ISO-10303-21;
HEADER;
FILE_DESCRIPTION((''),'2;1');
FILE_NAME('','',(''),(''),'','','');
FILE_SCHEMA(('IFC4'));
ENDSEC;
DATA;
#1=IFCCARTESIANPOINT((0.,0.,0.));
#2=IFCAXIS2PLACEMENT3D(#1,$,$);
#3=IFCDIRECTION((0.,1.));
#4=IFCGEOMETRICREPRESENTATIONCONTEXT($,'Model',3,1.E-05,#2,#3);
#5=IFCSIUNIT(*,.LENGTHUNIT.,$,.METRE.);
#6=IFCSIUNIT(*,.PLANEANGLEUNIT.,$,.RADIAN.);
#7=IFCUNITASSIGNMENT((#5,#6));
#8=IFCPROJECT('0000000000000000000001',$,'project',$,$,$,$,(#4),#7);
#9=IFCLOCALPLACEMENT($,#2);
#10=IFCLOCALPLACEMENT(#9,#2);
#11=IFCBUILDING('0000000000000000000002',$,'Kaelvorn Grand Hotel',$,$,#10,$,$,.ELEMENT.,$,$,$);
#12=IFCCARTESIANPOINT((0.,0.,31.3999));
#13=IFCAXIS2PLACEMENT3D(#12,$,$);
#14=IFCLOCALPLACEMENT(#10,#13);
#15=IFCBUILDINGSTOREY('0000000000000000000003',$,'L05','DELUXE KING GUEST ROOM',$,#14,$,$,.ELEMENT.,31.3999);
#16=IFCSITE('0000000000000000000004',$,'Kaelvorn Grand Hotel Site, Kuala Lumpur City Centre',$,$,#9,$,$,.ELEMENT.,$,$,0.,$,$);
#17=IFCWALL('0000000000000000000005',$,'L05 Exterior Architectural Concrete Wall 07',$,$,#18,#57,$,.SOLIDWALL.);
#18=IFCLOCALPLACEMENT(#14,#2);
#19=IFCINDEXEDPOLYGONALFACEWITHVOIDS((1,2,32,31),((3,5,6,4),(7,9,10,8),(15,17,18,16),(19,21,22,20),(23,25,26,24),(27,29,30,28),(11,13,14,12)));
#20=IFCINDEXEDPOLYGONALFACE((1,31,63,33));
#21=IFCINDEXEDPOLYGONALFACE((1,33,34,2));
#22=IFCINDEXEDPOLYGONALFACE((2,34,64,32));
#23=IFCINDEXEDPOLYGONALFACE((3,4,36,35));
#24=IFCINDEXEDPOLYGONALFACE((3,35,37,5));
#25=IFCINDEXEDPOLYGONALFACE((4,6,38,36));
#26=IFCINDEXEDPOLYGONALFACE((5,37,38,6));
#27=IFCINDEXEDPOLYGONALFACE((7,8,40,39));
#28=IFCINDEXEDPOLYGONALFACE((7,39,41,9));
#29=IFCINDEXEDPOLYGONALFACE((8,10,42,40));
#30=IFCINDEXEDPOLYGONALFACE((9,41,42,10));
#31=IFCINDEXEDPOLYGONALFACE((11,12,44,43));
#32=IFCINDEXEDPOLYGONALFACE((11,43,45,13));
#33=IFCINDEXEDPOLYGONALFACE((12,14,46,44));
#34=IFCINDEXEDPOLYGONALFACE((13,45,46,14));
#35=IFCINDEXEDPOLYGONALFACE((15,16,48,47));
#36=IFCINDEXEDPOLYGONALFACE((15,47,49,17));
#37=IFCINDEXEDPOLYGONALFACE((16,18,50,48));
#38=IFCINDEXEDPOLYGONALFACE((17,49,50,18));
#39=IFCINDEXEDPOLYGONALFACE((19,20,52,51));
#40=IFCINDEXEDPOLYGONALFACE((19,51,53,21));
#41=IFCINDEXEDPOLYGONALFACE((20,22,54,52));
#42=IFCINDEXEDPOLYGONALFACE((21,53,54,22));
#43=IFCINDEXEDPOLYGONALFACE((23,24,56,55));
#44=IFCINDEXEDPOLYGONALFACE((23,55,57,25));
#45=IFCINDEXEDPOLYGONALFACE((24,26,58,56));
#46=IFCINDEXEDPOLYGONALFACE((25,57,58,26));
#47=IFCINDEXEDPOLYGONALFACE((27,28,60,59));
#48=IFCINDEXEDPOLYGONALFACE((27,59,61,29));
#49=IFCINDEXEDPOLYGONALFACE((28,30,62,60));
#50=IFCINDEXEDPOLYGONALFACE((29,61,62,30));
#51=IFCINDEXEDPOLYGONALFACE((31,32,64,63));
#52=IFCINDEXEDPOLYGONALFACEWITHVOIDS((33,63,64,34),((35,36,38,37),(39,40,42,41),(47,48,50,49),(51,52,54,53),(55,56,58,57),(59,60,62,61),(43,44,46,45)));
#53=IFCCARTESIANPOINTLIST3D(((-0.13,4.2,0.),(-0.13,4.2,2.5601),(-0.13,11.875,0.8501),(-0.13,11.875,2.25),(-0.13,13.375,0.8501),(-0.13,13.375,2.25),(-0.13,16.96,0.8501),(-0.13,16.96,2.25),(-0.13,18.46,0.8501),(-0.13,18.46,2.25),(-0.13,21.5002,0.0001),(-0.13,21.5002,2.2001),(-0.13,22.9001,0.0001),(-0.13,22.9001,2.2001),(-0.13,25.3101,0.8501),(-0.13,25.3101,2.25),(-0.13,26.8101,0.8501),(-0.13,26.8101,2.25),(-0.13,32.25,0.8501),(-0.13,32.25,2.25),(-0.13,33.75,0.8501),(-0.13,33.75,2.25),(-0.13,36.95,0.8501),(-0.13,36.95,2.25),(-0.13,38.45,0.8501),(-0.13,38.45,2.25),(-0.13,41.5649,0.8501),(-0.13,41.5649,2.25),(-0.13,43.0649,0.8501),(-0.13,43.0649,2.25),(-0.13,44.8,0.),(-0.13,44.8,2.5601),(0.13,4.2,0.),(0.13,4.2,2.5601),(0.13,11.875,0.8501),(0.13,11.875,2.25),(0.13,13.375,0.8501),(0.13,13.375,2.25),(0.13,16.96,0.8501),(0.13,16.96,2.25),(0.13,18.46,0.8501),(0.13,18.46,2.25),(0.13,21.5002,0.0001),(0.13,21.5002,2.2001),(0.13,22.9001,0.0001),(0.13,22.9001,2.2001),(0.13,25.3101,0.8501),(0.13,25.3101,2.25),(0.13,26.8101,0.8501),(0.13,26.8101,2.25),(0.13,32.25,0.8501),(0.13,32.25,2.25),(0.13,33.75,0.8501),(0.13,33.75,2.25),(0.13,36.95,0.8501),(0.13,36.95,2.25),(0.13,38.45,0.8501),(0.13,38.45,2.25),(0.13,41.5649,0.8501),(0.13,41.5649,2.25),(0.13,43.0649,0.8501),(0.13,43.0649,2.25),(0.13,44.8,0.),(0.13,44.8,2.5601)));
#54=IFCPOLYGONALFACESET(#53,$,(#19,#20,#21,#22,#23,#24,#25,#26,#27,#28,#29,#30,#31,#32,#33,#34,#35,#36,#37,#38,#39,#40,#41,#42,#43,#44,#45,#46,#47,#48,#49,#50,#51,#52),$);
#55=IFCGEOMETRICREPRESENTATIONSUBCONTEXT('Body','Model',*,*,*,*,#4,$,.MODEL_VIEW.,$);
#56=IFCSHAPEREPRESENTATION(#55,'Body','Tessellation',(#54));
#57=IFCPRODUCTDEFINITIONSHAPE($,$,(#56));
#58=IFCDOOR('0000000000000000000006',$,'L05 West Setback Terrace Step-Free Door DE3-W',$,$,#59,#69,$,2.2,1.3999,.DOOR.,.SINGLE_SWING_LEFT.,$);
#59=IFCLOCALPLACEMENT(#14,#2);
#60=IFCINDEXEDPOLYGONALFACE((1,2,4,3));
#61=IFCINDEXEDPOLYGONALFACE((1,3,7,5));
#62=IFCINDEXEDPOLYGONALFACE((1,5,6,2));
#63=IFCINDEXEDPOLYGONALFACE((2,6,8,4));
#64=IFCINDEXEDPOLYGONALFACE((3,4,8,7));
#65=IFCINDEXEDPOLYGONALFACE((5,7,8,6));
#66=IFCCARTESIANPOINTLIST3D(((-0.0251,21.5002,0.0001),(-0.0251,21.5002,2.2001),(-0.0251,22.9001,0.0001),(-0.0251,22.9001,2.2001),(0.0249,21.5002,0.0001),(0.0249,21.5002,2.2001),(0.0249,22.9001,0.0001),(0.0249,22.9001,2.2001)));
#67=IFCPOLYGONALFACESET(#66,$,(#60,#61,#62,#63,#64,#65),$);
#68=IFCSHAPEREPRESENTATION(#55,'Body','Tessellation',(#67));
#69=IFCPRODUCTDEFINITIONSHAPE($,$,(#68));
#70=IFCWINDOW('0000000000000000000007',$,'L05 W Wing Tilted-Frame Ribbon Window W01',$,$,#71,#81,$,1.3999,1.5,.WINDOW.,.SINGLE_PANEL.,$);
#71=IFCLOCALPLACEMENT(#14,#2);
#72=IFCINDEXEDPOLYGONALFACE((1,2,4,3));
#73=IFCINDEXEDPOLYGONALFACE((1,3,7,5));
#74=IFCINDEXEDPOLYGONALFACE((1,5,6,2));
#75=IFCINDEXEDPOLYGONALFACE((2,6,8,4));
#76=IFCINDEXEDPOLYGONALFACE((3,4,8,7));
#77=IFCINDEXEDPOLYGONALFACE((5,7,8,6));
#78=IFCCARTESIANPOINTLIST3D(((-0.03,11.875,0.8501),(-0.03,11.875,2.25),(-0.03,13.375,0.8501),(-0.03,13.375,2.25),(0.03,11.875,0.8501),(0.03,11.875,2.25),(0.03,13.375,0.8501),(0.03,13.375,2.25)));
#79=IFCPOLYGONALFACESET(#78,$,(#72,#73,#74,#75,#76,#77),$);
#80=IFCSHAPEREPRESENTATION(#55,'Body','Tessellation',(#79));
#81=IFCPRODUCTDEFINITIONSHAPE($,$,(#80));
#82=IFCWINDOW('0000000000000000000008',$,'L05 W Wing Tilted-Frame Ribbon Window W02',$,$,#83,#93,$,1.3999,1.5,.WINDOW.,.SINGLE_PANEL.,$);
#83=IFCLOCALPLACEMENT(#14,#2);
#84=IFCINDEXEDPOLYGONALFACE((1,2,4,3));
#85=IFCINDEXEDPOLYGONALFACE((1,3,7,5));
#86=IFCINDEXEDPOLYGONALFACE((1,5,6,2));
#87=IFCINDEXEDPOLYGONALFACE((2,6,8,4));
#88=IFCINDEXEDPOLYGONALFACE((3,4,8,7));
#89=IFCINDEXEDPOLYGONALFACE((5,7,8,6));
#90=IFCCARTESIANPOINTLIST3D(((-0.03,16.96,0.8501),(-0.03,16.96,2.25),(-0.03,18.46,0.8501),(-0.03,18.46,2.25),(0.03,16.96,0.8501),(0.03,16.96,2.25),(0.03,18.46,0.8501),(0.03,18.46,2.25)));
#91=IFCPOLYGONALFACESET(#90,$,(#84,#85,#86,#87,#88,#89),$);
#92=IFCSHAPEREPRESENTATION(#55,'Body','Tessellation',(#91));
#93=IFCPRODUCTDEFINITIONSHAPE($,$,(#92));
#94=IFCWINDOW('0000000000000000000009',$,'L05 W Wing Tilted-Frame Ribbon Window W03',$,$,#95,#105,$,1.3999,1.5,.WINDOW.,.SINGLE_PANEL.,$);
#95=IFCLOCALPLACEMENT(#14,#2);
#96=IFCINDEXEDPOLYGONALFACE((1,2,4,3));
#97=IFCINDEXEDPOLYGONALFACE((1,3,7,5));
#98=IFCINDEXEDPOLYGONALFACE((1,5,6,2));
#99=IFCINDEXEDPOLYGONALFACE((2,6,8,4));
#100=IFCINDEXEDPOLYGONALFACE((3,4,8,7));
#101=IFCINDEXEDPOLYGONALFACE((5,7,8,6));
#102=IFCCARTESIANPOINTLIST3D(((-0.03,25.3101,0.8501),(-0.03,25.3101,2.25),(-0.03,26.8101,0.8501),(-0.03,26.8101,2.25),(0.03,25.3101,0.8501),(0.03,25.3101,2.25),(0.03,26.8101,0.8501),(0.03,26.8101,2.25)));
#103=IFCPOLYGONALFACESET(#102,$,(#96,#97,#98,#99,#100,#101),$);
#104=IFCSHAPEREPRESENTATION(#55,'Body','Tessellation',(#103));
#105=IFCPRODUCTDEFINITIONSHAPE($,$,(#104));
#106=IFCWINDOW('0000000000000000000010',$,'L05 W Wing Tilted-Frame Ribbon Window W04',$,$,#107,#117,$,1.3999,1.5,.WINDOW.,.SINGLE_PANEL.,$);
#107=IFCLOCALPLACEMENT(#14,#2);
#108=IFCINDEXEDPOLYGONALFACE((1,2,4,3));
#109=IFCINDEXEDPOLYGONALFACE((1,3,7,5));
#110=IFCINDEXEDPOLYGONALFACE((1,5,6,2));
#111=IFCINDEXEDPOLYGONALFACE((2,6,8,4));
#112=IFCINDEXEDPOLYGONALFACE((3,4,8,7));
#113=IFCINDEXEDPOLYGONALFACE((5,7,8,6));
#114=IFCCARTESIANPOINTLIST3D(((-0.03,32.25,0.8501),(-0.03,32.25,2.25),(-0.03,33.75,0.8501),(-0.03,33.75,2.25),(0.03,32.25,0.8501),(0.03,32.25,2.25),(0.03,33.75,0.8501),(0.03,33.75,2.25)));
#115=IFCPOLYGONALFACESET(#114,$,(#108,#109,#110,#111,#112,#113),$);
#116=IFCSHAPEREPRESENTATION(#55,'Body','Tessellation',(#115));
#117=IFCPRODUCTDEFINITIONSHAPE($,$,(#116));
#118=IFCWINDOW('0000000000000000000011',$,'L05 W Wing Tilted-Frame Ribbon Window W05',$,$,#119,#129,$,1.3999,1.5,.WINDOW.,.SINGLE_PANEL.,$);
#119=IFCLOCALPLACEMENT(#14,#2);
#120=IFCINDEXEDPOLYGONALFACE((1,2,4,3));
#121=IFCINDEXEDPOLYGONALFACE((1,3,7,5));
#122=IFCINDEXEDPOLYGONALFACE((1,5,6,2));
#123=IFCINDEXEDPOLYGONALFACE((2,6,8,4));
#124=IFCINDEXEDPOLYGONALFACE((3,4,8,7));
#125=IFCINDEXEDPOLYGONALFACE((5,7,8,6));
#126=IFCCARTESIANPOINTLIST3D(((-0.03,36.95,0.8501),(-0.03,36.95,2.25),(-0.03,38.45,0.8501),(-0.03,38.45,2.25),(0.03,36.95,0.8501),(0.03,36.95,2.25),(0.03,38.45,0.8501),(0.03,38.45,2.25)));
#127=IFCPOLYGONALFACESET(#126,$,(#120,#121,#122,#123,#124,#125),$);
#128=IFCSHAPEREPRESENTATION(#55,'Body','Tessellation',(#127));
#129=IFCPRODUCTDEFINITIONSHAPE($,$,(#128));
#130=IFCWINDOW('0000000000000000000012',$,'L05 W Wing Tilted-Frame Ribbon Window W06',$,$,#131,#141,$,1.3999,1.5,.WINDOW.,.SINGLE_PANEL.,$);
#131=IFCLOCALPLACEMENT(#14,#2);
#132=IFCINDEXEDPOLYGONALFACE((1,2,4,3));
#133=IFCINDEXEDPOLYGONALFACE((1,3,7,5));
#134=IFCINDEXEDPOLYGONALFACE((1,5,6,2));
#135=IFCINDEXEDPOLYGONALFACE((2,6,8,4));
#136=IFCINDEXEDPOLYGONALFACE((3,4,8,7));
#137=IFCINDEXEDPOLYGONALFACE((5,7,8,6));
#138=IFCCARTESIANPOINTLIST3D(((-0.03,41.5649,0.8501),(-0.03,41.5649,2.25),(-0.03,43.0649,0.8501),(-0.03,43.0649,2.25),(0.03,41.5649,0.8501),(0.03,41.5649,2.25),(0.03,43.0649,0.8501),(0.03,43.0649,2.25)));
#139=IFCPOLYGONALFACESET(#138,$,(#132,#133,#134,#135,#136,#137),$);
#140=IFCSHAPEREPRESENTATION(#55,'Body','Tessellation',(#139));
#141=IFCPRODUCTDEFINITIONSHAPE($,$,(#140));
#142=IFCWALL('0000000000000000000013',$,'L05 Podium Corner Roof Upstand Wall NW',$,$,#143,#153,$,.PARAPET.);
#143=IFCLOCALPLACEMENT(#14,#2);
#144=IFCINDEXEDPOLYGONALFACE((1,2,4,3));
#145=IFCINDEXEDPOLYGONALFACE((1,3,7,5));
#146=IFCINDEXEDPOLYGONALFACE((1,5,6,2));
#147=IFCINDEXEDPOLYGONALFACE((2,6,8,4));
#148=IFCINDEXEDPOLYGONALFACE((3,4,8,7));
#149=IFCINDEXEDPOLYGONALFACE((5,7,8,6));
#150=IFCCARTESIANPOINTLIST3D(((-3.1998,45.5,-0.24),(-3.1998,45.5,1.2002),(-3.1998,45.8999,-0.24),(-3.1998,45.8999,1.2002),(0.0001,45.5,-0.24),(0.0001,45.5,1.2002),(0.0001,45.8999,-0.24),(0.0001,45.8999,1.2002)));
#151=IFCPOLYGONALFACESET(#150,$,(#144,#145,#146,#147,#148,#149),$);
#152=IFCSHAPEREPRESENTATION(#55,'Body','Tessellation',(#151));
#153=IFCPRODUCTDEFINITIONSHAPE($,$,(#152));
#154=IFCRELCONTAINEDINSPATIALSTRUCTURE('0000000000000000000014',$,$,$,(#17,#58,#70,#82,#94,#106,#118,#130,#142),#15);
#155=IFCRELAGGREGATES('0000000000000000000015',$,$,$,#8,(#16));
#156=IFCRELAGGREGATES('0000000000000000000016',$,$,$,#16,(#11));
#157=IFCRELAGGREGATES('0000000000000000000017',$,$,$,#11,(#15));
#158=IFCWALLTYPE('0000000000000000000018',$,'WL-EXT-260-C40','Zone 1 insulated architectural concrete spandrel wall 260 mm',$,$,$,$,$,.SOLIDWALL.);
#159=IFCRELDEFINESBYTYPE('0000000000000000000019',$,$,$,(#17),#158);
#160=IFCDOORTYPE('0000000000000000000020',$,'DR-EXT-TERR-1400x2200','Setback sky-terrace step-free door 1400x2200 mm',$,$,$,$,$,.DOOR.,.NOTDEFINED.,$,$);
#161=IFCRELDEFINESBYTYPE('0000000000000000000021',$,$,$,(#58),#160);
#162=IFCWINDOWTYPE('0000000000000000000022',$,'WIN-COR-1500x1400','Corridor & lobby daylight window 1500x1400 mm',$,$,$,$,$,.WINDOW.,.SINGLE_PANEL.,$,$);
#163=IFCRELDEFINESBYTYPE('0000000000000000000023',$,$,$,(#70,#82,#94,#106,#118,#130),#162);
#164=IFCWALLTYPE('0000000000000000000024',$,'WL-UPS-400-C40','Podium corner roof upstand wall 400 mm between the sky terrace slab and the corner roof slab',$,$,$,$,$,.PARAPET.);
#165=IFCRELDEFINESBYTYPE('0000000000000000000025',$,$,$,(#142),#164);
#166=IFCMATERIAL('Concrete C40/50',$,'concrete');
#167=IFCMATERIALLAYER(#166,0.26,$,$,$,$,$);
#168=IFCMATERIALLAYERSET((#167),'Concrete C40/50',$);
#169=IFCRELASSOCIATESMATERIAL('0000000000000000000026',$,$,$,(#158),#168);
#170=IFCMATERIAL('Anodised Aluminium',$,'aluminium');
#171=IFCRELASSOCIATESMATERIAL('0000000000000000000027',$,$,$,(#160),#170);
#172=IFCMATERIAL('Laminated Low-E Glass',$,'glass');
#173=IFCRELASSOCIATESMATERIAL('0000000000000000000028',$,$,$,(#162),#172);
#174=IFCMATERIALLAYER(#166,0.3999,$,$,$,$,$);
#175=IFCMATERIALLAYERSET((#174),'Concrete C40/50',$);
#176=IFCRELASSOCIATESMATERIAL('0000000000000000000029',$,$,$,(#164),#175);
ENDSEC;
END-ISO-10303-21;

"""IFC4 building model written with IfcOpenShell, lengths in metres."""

from ifc_helpers import new_model, si_unit, direction, frame, frame_2d, origin, place, context, subcontext, project, spatial, rectangle, extrude, material, layer, layer_set, type_object, element, fill, save


model = new_model("IFC4")

# Units and contexts
model_context = context("Model", 3, precision=1e-05, world=origin(), true_north=direction((0.0, 1.0)))
body_context = subcontext(model_context, "Body", "Model", "MODEL_VIEW")
ifc_project = project(units=[si_unit("LENGTHUNIT", "METRE"), si_unit("PLANEANGLEUNIT", "RADIAN")], contexts=[model_context])

# Site, building, storey
site_placement = place(None, origin())
site = spatial("IfcSite", under=ifc_project, at=site_placement, Name="Kaelvorn Grand Hotel Site, Kuala Lumpur City Centre", CompositionType="ELEMENT", RefElevation=0.0)
building_placement = place(site_placement, origin())
building = spatial("IfcBuilding", under=site, at=building_placement, Name="Kaelvorn Grand Hotel", CompositionType="ELEMENT")
storey_placement = place(building_placement, frame((0.0, 0.0, 31.3999)))
storey = spatial("IfcBuildingStorey", under=building, at=storey_placement, Name="L05", Description="DELUXE KING GUEST ROOM", CompositionType="ELEMENT", Elevation=31.3999)

# Wall, openings, door, windows
ifc_material_1 = material(Name="Concrete C40/50", Category="concrete")
ifc_layer_1 = layer(ifc_material_1, 0.26)
ifc_layer_set_1 = layer_set([ifc_layer_1], Name="Concrete C40/50")
wall_type_1 = type_object("IfcWallType", Name="WL-EXT-260-C40", Description="Zone 1 insulated architectural concrete spandrel wall 260 mm", PredefinedType="SOLIDWALL", material=ifc_layer_set_1)
wall_1_placement = place(storey_placement, frame((0.0, 44.8, 0.0), z_axis=(0.0, 0.0, 1.0), x_axis=(0.0, -1.0, 0.0)))
wall_1 = element("IfcWall", 1, at=wall_1_placement, inside=storey, type_object=wall_type_1, Name="L05 Exterior Architectural Concrete Wall 07", PredefinedType="SOLIDWALL", context=body_context, shape_type="SweptSolid", body=[
    extrude(rectangle(XDim=40.6001, YDim=0.26, at=frame_2d((20.3, 0.0))), origin(), (0.0, 0.0, 1.0), 2.5601),
])
opening_1_placement = place(wall_1_placement, frame((21.8999, 0.0, 0.0)))
opening_1 = element("IfcOpeningElement", 2, at=opening_1_placement, cuts=wall_1, PredefinedType="OPENING", context=body_context, shape_type="SweptSolid", body=[
    extrude(rectangle(XDim=1.3999, YDim=2.2, at=frame_2d((0.7, 1.1001))), frame((0.0, 0.1401, 0.0), z_axis=(0.0, -1.0, 0.0), x_axis=(1.0, 0.0, 0.0)), (0.0, 0.0, 1.0), 0.28),
])
opening_2_placement = place(wall_1_placement, frame((31.425, 0.0, 0.8501)))
opening_2 = element("IfcOpeningElement", 3, at=opening_2_placement, cuts=wall_1, PredefinedType="OPENING", context=body_context, shape_type="SweptSolid", body=[
    extrude(rectangle(XDim=1.5, YDim=1.3999, at=frame_2d((0.75, 0.7))), frame((0.0, 0.1401, 0.0), z_axis=(0.0, -1.0, 0.0), x_axis=(1.0, 0.0, 0.0)), (0.0, 0.0, 1.0), 0.28),
])
opening_3_placement = place(wall_1_placement, frame((26.3401, 0.0, 0.8501)))
opening_3 = element("IfcOpeningElement", 4, at=opening_3_placement, cuts=wall_1, PredefinedType="OPENING", context=body_context, shape_type="SweptSolid", body=[
    extrude(rectangle(XDim=1.5, YDim=1.3999, at=frame_2d((0.75, 0.7))), frame((0.0, 0.1401, 0.0), z_axis=(0.0, -1.0, 0.0), x_axis=(1.0, 0.0, 0.0)), (0.0, 0.0, 1.0), 0.28),
])
opening_4_placement = place(wall_1_placement, frame((17.99, 0.0, 0.8501)))
opening_4 = element("IfcOpeningElement", 5, at=opening_4_placement, cuts=wall_1, PredefinedType="OPENING", context=body_context, shape_type="SweptSolid", body=[
    extrude(rectangle(XDim=1.5, YDim=1.3999, at=frame_2d((0.75, 0.7))), frame((0.0, 0.1401, 0.0), z_axis=(0.0, -1.0, 0.0), x_axis=(1.0, 0.0, 0.0)), (0.0, 0.0, 1.0), 0.28),
])
opening_5_placement = place(wall_1_placement, frame((11.05, 0.0, 0.8501)))
opening_5 = element("IfcOpeningElement", 6, at=opening_5_placement, cuts=wall_1, PredefinedType="OPENING", context=body_context, shape_type="SweptSolid", body=[
    extrude(rectangle(XDim=1.5, YDim=1.3999, at=frame_2d((0.75, 0.7))), frame((0.0, 0.1401, 0.0), z_axis=(0.0, -1.0, 0.0), x_axis=(1.0, 0.0, 0.0)), (0.0, 0.0, 1.0), 0.28),
])
opening_6_placement = place(wall_1_placement, frame((6.3501, 0.0, 0.8501)))
opening_6 = element("IfcOpeningElement", 7, at=opening_6_placement, cuts=wall_1, PredefinedType="OPENING", context=body_context, shape_type="SweptSolid", body=[
    extrude(rectangle(XDim=1.5, YDim=1.3999, at=frame_2d((0.75, 0.7))), frame((0.0, 0.1401, 0.0), z_axis=(0.0, -1.0, 0.0), x_axis=(1.0, 0.0, 0.0)), (0.0, 0.0, 1.0), 0.28),
])
opening_7_placement = place(wall_1_placement, frame((1.7351, 0.0, 0.8501)))
opening_7 = element("IfcOpeningElement", 8, at=opening_7_placement, cuts=wall_1, PredefinedType="OPENING", context=body_context, shape_type="SweptSolid", body=[
    extrude(rectangle(XDim=1.5, YDim=1.3999, at=frame_2d((0.75, 0.7))), frame((0.0, 0.1401, 0.0), z_axis=(0.0, -1.0, 0.0), x_axis=(1.0, 0.0, 0.0)), (0.0, 0.0, 1.0), 0.28),
])
ifc_material_2 = material(Name="Anodised Aluminium", Category="aluminium")
door_type = type_object("IfcDoorType", Name="DR-EXT-TERR-1400x2200", Description="Setback sky-terrace step-free door 1400x2200 mm", OperationType="NOTDEFINED", PredefinedType="DOOR", material=ifc_material_2)
door_placement = place(opening_1_placement, origin())
door = element("IfcDoor", 9, at=door_placement, inside=storey, type_object=door_type, Name="L05 West Setback Terrace Step-Free Door DE3-W", OperationType="SINGLE_SWING_LEFT", OverallHeight=2.2, OverallWidth=1.3999, PredefinedType="DOOR", context=body_context, shape_type="SweptSolid", body=[
    extrude(rectangle(XDim=1.3999, YDim=2.2, at=frame_2d((0.7, 1.1001))), frame((0.0, 0.0249, 0.0), z_axis=(0.0, -1.0, 0.0), x_axis=(1.0, 0.0, 0.0)), (0.0, 0.0, 1.0), 0.05),
])
fill(opening_1, door)
ifc_material_3 = material(Name="Laminated Low-E Glass", Category="glass")
window_type = type_object("IfcWindowType", Name="WIN-COR-1500x1400", Description="Corridor & lobby daylight window 1500x1400 mm", PartitioningType="SINGLE_PANEL", PredefinedType="WINDOW", material=ifc_material_3)
window_1_placement = place(opening_2_placement, origin())
window_1 = element("IfcWindow", 10, at=window_1_placement, inside=storey, type_object=window_type, Name="L05 W Wing Tilted-Frame Ribbon Window W01", OverallHeight=1.3999, OverallWidth=1.5, PartitioningType="SINGLE_PANEL", PredefinedType="WINDOW", context=body_context, shape_type="SweptSolid", body=[
    extrude(rectangle(XDim=1.5, YDim=1.3999, at=frame_2d((0.75, 0.7))), frame((0.0, 0.03, 0.0), z_axis=(0.0, -1.0, 0.0), x_axis=(1.0, 0.0, 0.0)), (0.0, 0.0, 1.0), 0.0601),
])
fill(opening_2, window_1)
window_2_placement = place(opening_3_placement, origin())
window_2 = element("IfcWindow", 11, at=window_2_placement, inside=storey, type_object=window_type, Name="L05 W Wing Tilted-Frame Ribbon Window W02", OverallHeight=1.3999, OverallWidth=1.5, PartitioningType="SINGLE_PANEL", PredefinedType="WINDOW", context=body_context, shape_type="SweptSolid", body=[
    extrude(rectangle(XDim=1.5, YDim=1.3999, at=frame_2d((0.75, 0.7))), frame((0.0, 0.03, 0.0), z_axis=(0.0, -1.0, 0.0), x_axis=(1.0, 0.0, 0.0)), (0.0, 0.0, 1.0), 0.0601),
])
fill(opening_3, window_2)
window_3_placement = place(opening_4_placement, origin())
window_3 = element("IfcWindow", 12, at=window_3_placement, inside=storey, type_object=window_type, Name="L05 W Wing Tilted-Frame Ribbon Window W03", OverallHeight=1.3999, OverallWidth=1.5, PartitioningType="SINGLE_PANEL", PredefinedType="WINDOW", context=body_context, shape_type="SweptSolid", body=[
    extrude(rectangle(XDim=1.5, YDim=1.3999, at=frame_2d((0.75, 0.7))), frame((0.0, 0.03, 0.0), z_axis=(0.0, -1.0, 0.0), x_axis=(1.0, 0.0, 0.0)), (0.0, 0.0, 1.0), 0.0601),
])
fill(opening_4, window_3)
window_4_placement = place(opening_5_placement, origin())
window_4 = element("IfcWindow", 13, at=window_4_placement, inside=storey, type_object=window_type, Name="L05 W Wing Tilted-Frame Ribbon Window W04", OverallHeight=1.3999, OverallWidth=1.5, PartitioningType="SINGLE_PANEL", PredefinedType="WINDOW", context=body_context, shape_type="SweptSolid", body=[
    extrude(rectangle(XDim=1.5, YDim=1.3999, at=frame_2d((0.75, 0.7))), frame((0.0, 0.03, 0.0), z_axis=(0.0, -1.0, 0.0), x_axis=(1.0, 0.0, 0.0)), (0.0, 0.0, 1.0), 0.0601),
])
fill(opening_5, window_4)
window_5_placement = place(opening_6_placement, origin())
window_5 = element("IfcWindow", 14, at=window_5_placement, inside=storey, type_object=window_type, Name="L05 W Wing Tilted-Frame Ribbon Window W05", OverallHeight=1.3999, OverallWidth=1.5, PartitioningType="SINGLE_PANEL", PredefinedType="WINDOW", context=body_context, shape_type="SweptSolid", body=[
    extrude(rectangle(XDim=1.5, YDim=1.3999, at=frame_2d((0.75, 0.7))), frame((0.0, 0.03, 0.0), z_axis=(0.0, -1.0, 0.0), x_axis=(1.0, 0.0, 0.0)), (0.0, 0.0, 1.0), 0.0601),
])
fill(opening_6, window_5)
window_6_placement = place(opening_7_placement, origin())
window_6 = element("IfcWindow", 15, at=window_6_placement, inside=storey, type_object=window_type, Name="L05 W Wing Tilted-Frame Ribbon Window W06", OverallHeight=1.3999, OverallWidth=1.5, PartitioningType="SINGLE_PANEL", PredefinedType="WINDOW", context=body_context, shape_type="SweptSolid", body=[
    extrude(rectangle(XDim=1.5, YDim=1.3999, at=frame_2d((0.75, 0.7))), frame((0.0, 0.03, 0.0), z_axis=(0.0, -1.0, 0.0), x_axis=(1.0, 0.0, 0.0)), (0.0, 0.0, 1.0), 0.0601),
])
fill(opening_7, window_6)

# Wall
ifc_layer_2 = layer(ifc_material_1, 0.3999)
ifc_layer_set_2 = layer_set([ifc_layer_2], Name="Concrete C40/50")
wall_type_2 = type_object("IfcWallType", Name="WL-UPS-400-C40", Description="Podium corner roof upstand wall 400 mm between the sky terrace slab and the corner roof slab", PredefinedType="PARAPET", material=ifc_layer_set_2)
wall_2_placement = place(storey_placement, frame((-3.2, 45.7, -0.24), z_axis=(0.0, 0.0, 1.0), x_axis=(1.0, 0.0, 0.0)))
element("IfcWall", 16, at=wall_2_placement, inside=storey, type_object=wall_type_2, Name="L05 Podium Corner Roof Upstand Wall NW", PredefinedType="PARAPET", context=body_context, shape_type="SweptSolid", body=[
    extrude(rectangle(XDim=3.2, YDim=0.3999, at=frame_2d((1.6001, 0.0))), origin(), (0.0, 0.0, 1.0), 1.4402),
])

save(model, "model.ifc")
